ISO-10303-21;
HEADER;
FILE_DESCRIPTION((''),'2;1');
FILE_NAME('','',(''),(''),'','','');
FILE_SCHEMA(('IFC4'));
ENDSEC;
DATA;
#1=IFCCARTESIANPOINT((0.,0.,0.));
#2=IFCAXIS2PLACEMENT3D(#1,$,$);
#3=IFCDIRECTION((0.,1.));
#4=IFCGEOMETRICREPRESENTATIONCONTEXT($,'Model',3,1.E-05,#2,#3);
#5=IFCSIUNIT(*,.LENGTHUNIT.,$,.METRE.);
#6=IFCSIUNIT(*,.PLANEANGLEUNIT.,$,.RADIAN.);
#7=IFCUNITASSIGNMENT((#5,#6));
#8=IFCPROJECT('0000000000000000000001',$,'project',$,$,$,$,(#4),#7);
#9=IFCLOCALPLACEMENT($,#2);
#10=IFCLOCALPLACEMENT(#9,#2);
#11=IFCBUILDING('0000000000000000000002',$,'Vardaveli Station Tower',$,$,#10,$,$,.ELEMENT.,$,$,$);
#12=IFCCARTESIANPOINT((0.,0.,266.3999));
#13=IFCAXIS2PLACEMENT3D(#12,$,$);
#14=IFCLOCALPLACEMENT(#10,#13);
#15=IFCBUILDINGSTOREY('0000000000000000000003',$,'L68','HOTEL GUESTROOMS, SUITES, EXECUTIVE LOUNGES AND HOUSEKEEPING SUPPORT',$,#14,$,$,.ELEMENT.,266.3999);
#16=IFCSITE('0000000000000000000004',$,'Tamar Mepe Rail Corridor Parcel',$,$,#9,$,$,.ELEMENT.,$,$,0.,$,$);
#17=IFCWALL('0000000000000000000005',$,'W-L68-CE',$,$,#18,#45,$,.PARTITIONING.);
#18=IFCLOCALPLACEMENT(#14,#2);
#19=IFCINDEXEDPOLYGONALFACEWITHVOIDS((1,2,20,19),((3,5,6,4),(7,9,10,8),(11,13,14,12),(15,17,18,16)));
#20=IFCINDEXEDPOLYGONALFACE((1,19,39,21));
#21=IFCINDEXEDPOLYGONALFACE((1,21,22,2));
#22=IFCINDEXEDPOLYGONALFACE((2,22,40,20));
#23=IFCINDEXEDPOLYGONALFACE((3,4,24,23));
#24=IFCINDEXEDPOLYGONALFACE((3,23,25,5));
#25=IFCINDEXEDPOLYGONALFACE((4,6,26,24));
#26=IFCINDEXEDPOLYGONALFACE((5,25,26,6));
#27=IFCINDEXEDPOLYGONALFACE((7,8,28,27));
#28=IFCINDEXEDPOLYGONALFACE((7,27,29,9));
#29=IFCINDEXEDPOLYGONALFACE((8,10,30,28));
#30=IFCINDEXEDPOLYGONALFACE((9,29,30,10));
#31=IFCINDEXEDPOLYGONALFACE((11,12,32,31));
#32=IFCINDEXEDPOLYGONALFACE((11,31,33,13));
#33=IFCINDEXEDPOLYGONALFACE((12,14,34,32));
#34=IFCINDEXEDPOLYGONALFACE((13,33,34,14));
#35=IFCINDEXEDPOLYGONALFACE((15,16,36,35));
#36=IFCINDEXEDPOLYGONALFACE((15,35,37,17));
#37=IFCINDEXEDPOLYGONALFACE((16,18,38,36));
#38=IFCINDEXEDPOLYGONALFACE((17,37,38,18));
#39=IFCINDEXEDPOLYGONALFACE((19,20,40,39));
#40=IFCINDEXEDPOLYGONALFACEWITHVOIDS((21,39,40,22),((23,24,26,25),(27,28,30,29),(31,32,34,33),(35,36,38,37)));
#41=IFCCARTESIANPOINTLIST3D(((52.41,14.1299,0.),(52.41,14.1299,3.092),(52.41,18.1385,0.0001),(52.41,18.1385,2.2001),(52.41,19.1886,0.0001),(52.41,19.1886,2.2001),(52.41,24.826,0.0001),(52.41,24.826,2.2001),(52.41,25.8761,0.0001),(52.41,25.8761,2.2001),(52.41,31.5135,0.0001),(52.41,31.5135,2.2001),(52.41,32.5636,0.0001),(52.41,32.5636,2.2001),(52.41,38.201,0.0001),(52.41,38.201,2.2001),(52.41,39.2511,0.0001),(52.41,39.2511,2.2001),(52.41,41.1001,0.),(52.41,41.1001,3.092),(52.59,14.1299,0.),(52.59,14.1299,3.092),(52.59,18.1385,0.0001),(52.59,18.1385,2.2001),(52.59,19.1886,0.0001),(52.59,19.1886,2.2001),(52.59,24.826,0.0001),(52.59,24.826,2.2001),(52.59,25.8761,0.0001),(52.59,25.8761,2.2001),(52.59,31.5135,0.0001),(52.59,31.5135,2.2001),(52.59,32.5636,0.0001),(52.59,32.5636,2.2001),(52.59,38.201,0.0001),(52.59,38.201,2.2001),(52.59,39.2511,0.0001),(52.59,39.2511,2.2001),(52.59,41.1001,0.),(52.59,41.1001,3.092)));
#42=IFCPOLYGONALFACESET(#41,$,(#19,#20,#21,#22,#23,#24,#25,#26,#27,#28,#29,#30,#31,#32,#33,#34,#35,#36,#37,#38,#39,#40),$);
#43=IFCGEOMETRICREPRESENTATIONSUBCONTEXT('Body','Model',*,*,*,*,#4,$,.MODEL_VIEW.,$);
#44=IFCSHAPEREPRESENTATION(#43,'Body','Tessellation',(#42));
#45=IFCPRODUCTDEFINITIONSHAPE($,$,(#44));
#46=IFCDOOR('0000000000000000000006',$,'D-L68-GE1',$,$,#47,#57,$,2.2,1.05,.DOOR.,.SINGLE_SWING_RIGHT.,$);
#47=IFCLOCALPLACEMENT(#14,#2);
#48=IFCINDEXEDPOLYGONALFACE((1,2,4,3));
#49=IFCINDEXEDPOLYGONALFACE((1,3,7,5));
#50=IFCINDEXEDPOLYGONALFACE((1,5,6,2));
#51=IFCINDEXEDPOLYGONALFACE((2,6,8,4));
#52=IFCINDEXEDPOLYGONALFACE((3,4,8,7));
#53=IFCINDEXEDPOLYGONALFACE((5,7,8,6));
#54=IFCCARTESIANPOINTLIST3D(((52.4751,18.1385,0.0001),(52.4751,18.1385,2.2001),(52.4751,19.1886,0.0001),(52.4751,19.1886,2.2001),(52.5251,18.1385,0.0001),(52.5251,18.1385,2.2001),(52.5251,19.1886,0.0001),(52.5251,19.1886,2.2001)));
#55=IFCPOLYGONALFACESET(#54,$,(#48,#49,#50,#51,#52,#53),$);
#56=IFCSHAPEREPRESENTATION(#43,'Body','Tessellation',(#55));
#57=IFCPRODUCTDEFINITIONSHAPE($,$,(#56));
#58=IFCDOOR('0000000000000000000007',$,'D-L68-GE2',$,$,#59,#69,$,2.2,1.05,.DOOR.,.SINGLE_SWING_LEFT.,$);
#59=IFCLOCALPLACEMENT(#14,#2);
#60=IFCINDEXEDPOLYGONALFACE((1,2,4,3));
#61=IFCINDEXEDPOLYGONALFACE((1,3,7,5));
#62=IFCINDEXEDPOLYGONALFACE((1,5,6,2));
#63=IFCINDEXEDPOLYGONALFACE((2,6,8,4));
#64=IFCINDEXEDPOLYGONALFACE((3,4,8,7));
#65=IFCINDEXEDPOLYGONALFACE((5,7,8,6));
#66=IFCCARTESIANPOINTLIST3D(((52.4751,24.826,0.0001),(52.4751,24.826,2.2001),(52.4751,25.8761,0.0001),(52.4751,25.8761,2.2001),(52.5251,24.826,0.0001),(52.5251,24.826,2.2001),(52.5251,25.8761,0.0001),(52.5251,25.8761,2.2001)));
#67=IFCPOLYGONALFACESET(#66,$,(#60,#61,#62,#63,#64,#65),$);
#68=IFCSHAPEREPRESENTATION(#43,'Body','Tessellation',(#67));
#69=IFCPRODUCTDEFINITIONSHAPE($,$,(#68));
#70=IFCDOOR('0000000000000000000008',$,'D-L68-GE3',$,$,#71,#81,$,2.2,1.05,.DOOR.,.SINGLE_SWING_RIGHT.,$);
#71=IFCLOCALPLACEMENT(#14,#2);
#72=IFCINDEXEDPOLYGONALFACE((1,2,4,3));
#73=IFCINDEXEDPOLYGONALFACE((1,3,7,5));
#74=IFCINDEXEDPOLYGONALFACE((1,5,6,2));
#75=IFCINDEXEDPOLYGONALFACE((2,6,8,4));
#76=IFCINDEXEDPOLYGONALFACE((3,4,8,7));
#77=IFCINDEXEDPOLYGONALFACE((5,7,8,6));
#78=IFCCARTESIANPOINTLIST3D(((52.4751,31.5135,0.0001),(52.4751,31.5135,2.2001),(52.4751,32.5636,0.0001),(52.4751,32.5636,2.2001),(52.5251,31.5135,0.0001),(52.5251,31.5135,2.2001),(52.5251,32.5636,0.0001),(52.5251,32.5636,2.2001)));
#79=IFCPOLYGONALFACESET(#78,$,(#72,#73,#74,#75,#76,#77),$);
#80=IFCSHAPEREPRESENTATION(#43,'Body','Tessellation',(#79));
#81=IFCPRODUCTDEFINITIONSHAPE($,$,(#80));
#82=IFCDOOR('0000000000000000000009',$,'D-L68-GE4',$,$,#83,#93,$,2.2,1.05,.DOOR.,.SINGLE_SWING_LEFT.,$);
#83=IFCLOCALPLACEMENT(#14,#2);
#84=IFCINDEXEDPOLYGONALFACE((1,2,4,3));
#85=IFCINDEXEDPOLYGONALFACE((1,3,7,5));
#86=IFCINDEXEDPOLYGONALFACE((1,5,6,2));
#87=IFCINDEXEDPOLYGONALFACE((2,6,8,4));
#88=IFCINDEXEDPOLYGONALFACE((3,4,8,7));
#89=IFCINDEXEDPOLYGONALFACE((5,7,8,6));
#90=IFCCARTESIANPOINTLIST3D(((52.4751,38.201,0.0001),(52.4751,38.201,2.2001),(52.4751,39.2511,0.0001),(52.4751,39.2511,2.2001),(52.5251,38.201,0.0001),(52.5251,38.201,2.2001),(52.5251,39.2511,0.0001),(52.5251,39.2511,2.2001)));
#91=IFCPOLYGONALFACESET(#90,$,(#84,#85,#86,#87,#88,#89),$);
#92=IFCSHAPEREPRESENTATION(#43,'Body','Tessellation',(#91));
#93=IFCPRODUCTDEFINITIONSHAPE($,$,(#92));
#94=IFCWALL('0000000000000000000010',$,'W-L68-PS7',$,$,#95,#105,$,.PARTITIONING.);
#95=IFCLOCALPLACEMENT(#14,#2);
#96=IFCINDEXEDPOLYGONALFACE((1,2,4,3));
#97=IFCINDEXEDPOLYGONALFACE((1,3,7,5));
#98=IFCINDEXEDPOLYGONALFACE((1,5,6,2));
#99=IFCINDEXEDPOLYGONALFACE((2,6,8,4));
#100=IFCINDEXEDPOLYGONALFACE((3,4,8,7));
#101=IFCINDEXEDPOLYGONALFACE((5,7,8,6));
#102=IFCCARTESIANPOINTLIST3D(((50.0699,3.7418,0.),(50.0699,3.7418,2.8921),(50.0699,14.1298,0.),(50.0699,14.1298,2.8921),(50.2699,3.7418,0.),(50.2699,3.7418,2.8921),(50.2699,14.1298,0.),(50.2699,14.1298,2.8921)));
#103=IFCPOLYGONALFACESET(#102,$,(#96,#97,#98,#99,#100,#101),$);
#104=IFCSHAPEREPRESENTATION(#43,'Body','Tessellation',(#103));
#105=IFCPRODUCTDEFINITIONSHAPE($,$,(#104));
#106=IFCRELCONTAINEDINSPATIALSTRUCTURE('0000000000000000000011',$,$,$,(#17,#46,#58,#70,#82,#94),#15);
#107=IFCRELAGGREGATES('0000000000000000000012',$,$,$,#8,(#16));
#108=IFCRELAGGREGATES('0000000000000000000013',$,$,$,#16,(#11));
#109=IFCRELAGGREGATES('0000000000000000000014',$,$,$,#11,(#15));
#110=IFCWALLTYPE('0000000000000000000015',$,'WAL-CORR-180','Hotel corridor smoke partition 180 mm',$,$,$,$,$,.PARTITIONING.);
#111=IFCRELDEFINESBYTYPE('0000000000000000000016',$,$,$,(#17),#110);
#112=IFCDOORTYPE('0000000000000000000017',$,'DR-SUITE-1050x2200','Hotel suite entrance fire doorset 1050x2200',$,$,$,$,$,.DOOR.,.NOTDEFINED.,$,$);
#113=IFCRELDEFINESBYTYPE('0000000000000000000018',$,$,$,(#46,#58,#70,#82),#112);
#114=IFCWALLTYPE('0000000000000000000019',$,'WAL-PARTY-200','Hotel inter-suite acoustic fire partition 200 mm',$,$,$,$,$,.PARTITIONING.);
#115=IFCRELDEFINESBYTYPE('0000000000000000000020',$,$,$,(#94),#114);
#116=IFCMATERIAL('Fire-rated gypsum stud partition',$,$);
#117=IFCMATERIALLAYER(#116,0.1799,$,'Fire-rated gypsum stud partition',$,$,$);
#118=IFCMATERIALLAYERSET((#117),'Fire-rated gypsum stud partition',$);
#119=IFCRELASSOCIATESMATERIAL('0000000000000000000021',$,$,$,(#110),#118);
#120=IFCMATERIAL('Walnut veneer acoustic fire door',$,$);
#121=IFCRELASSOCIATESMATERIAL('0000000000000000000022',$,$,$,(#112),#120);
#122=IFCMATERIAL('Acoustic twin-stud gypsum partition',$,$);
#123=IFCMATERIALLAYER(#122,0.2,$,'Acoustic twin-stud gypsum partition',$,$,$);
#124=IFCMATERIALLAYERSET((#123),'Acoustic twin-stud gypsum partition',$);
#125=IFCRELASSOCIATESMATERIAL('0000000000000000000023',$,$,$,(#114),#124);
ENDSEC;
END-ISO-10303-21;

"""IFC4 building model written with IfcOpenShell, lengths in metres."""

from ifc_helpers import new_model, si_unit, direction, frame, frame_2d, origin, place, context, subcontext, project, spatial, rectangle, extrude, source, transform, mapped, material, layer, layer_set, type_object, element, fill, save


model = new_model("IFC4")

# Units and contexts
model_context = context("Model", 3, precision=1e-05, world=origin(), true_north=direction((0.0, 1.0)))
body_context = subcontext(model_context, "Body", "Model", "MODEL_VIEW")
ifc_project = project(units=[si_unit("LENGTHUNIT", "METRE"), si_unit("PLANEANGLEUNIT", "RADIAN")], contexts=[model_context])

# Site, building, storey
site_placement = place(None, origin())
site = spatial("IfcSite", under=ifc_project, at=site_placement, Name="Tamar Mepe Rail Corridor Parcel", CompositionType="ELEMENT", RefElevation=0.0)
building_placement = place(site_placement, origin())
building = spatial("IfcBuilding", under=site, at=building_placement, Name="Vardaveli Station Tower", CompositionType="ELEMENT")
storey_placement = place(building_placement, frame((0.0, 0.0, 266.3999)))
storey = spatial("IfcBuildingStorey", under=building, at=storey_placement, Name="L68", Description="HOTEL GUESTROOMS, SUITES, EXECUTIVE LOUNGES AND HOUSEKEEPING SUPPORT", CompositionType="ELEMENT", Elevation=266.3999)

# Wall, openings, doors
ifc_material_1 = material(Name="Fire-rated gypsum stud partition")
ifc_layer_1 = layer(ifc_material_1, 0.1799, Name="Fire-rated gypsum stud partition")
ifc_layer_set_1 = layer_set([ifc_layer_1], Name="Fire-rated gypsum stud partition")
wall_type_1 = type_object("IfcWallType", Name="WAL-CORR-180", Description="Hotel corridor smoke partition 180 mm", PredefinedType="PARTITIONING", material=ifc_layer_set_1)
shared_shape_1 = source(origin(), body_context, "Body", "SweptSolid", [
    extrude(rectangle(XDim=26.9702, YDim=0.1799, at=frame_2d((13.4851, 0.0))), origin(), (0.0, 0.0, 1.0), 3.092),
])
wall_1_placement = place(storey_placement, frame((52.5, 14.1299, 0.0), z_axis=(0.0, 0.0, 1.0), x_axis=(0.0, 1.0, 0.0)))
wall_1 = element("IfcWall", 1, at=wall_1_placement, inside=storey, type_object=wall_type_1, Name="W-L68-CE", PredefinedType="PARTITIONING", context=body_context, shape_type="MappedRepresentation", body=[
    mapped(shared_shape_1, transform((0.0, 0.0, 0.0), scale=1.0)),
])
shared_shape_2 = source(origin(), body_context, "Body", "SweptSolid", [
    extrude(rectangle(XDim=1.05, YDim=2.2, at=frame_2d((0.5249, 1.1001))), frame((0.0, 0.1001, 0.0), z_axis=(0.0, -1.0, 0.0), x_axis=(1.0, 0.0, 0.0)), (0.0, 0.0, 1.0), 0.2),
])
opening_1_placement = place(wall_1_placement, frame((4.0088, 0.0, 0.0)))
opening_1 = element("IfcOpeningElement", 2, at=opening_1_placement, cuts=wall_1, PredefinedType="OPENING", context=body_context, shape_type="MappedRepresentation", body=[
    mapped(shared_shape_2, transform((0.0, 0.0, 0.0), scale=1.0)),
])
opening_2_placement = place(wall_1_placement, frame((10.6963, 0.0, 0.0)))
opening_2 = element("IfcOpeningElement", 3, at=opening_2_placement, cuts=wall_1, PredefinedType="OPENING", context=body_context, shape_type="MappedRepresentation", body=[
    mapped(shared_shape_2, transform((0.0, 0.0, 0.0), scale=1.0)),
])
opening_3_placement = place(wall_1_placement, frame((17.3838, 0.0, 0.0)))
opening_3 = element("IfcOpeningElement", 4, at=opening_3_placement, cuts=wall_1, PredefinedType="OPENING", context=body_context, shape_type="MappedRepresentation", body=[
    mapped(shared_shape_2, transform((0.0, 0.0, 0.0), scale=1.0)),
])
opening_4_placement = place(wall_1_placement, frame((24.0713, 0.0, 0.0)))
opening_4 = element("IfcOpeningElement", 5, at=opening_4_placement, cuts=wall_1, PredefinedType="OPENING", context=body_context, shape_type="MappedRepresentation", body=[
    mapped(shared_shape_2, transform((0.0, 0.0, 0.0), scale=1.0)),
])
ifc_material_2 = material(Name="Walnut veneer acoustic fire door")
door_type_1 = type_object("IfcDoorType", Name="DR-SUITE-1050x2200", Description="Hotel suite entrance fire doorset 1050x2200", OperationType="NOTDEFINED", PredefinedType="DOOR", material=ifc_material_2)
shared_shape_3 = source(origin(), body_context, "Body", "SweptSolid", [
    extrude(rectangle(XDim=1.05, YDim=2.2, at=frame_2d((0.5249, 1.1001))), frame((0.0, 0.0249, 0.0), z_axis=(0.0, -1.0, 0.0), x_axis=(1.0, 0.0, 0.0)), (0.0, 0.0, 1.0), 0.05),
])
door_1_placement = place(opening_1_placement, origin())
door_1 = element("IfcDoor", 6, at=door_1_placement, inside=storey, type_object=door_type_1, Name="D-L68-GE1", OperationType="SINGLE_SWING_RIGHT", OverallHeight=2.2, OverallWidth=1.05, PredefinedType="DOOR", context=body_context, shape_type="MappedRepresentation", body=[
    mapped(shared_shape_3, transform((0.0, 0.0, 0.0), scale=1.0)),
])
fill(opening_1, door_1)
door_2_placement = place(opening_2_placement, origin())
door_2 = element("IfcDoor", 7, at=door_2_placement, inside=storey, type_object=door_type_1, Name="D-L68-GE2", OperationType="SINGLE_SWING_LEFT", OverallHeight=2.2, OverallWidth=1.05, PredefinedType="DOOR", context=body_context, shape_type="MappedRepresentation", body=[
    mapped(shared_shape_3, transform((0.0, 0.0, 0.0), scale=1.0)),
])
fill(opening_2, door_2)
door_3_placement = place(opening_3_placement, origin())
door_3 = element("IfcDoor", 8, at=door_3_placement, inside=storey, type_object=door_type_1, Name="D-L68-GE3", OperationType="SINGLE_SWING_RIGHT", OverallHeight=2.2, OverallWidth=1.05, PredefinedType="DOOR", context=body_context, shape_type="MappedRepresentation", body=[
    mapped(shared_shape_3, transform((0.0, 0.0, 0.0), scale=1.0)),
])
fill(opening_3, door_3)
door_4_placement = place(opening_4_placement, origin())
door_4 = element("IfcDoor", 9, at=door_4_placement, inside=storey, type_object=door_type_1, Name="D-L68-GE4", OperationType="SINGLE_SWING_LEFT", OverallHeight=2.2, OverallWidth=1.05, PredefinedType="DOOR", context=body_context, shape_type="MappedRepresentation", body=[
    mapped(shared_shape_3, transform((0.0, 0.0, 0.0), scale=1.0)),
])
fill(opening_4, door_4)

# Wall
ifc_material_3 = material(Name="Acoustic twin-stud gypsum partition")
ifc_layer_2 = layer(ifc_material_3, 0.2, Name="Acoustic twin-stud gypsum partition")
ifc_layer_set_2 = layer_set([ifc_layer_2], Name="Acoustic twin-stud gypsum partition")
wall_type_2 = type_object("IfcWallType", Name="WAL-PARTY-200", Description="Hotel inter-suite acoustic fire partition 200 mm", PredefinedType="PARTITIONING", material=ifc_layer_set_2)
shared_shape_4 = source(origin(), body_context, "Body", "SweptSolid", [
    extrude(rectangle(XDim=10.3879, YDim=0.2, at=frame_2d((5.1938, 0.0))), origin(), (0.0, 0.0, 1.0), 2.8921),
])
wall_2_placement = place(storey_placement, frame((50.1699, 3.7419, 0.0), z_axis=(0.0, 0.0, 1.0), x_axis=(0.0, 1.0, 0.0)))
element("IfcWall", 10, at=wall_2_placement, inside=storey, type_object=wall_type_2, Name="W-L68-PS7", PredefinedType="PARTITIONING", context=body_context, shape_type="MappedRepresentation", body=[
    mapped(shared_shape_4, transform((0.0, 0.0, 0.0), scale=1.0)),
])

save(model, "model.ifc")
